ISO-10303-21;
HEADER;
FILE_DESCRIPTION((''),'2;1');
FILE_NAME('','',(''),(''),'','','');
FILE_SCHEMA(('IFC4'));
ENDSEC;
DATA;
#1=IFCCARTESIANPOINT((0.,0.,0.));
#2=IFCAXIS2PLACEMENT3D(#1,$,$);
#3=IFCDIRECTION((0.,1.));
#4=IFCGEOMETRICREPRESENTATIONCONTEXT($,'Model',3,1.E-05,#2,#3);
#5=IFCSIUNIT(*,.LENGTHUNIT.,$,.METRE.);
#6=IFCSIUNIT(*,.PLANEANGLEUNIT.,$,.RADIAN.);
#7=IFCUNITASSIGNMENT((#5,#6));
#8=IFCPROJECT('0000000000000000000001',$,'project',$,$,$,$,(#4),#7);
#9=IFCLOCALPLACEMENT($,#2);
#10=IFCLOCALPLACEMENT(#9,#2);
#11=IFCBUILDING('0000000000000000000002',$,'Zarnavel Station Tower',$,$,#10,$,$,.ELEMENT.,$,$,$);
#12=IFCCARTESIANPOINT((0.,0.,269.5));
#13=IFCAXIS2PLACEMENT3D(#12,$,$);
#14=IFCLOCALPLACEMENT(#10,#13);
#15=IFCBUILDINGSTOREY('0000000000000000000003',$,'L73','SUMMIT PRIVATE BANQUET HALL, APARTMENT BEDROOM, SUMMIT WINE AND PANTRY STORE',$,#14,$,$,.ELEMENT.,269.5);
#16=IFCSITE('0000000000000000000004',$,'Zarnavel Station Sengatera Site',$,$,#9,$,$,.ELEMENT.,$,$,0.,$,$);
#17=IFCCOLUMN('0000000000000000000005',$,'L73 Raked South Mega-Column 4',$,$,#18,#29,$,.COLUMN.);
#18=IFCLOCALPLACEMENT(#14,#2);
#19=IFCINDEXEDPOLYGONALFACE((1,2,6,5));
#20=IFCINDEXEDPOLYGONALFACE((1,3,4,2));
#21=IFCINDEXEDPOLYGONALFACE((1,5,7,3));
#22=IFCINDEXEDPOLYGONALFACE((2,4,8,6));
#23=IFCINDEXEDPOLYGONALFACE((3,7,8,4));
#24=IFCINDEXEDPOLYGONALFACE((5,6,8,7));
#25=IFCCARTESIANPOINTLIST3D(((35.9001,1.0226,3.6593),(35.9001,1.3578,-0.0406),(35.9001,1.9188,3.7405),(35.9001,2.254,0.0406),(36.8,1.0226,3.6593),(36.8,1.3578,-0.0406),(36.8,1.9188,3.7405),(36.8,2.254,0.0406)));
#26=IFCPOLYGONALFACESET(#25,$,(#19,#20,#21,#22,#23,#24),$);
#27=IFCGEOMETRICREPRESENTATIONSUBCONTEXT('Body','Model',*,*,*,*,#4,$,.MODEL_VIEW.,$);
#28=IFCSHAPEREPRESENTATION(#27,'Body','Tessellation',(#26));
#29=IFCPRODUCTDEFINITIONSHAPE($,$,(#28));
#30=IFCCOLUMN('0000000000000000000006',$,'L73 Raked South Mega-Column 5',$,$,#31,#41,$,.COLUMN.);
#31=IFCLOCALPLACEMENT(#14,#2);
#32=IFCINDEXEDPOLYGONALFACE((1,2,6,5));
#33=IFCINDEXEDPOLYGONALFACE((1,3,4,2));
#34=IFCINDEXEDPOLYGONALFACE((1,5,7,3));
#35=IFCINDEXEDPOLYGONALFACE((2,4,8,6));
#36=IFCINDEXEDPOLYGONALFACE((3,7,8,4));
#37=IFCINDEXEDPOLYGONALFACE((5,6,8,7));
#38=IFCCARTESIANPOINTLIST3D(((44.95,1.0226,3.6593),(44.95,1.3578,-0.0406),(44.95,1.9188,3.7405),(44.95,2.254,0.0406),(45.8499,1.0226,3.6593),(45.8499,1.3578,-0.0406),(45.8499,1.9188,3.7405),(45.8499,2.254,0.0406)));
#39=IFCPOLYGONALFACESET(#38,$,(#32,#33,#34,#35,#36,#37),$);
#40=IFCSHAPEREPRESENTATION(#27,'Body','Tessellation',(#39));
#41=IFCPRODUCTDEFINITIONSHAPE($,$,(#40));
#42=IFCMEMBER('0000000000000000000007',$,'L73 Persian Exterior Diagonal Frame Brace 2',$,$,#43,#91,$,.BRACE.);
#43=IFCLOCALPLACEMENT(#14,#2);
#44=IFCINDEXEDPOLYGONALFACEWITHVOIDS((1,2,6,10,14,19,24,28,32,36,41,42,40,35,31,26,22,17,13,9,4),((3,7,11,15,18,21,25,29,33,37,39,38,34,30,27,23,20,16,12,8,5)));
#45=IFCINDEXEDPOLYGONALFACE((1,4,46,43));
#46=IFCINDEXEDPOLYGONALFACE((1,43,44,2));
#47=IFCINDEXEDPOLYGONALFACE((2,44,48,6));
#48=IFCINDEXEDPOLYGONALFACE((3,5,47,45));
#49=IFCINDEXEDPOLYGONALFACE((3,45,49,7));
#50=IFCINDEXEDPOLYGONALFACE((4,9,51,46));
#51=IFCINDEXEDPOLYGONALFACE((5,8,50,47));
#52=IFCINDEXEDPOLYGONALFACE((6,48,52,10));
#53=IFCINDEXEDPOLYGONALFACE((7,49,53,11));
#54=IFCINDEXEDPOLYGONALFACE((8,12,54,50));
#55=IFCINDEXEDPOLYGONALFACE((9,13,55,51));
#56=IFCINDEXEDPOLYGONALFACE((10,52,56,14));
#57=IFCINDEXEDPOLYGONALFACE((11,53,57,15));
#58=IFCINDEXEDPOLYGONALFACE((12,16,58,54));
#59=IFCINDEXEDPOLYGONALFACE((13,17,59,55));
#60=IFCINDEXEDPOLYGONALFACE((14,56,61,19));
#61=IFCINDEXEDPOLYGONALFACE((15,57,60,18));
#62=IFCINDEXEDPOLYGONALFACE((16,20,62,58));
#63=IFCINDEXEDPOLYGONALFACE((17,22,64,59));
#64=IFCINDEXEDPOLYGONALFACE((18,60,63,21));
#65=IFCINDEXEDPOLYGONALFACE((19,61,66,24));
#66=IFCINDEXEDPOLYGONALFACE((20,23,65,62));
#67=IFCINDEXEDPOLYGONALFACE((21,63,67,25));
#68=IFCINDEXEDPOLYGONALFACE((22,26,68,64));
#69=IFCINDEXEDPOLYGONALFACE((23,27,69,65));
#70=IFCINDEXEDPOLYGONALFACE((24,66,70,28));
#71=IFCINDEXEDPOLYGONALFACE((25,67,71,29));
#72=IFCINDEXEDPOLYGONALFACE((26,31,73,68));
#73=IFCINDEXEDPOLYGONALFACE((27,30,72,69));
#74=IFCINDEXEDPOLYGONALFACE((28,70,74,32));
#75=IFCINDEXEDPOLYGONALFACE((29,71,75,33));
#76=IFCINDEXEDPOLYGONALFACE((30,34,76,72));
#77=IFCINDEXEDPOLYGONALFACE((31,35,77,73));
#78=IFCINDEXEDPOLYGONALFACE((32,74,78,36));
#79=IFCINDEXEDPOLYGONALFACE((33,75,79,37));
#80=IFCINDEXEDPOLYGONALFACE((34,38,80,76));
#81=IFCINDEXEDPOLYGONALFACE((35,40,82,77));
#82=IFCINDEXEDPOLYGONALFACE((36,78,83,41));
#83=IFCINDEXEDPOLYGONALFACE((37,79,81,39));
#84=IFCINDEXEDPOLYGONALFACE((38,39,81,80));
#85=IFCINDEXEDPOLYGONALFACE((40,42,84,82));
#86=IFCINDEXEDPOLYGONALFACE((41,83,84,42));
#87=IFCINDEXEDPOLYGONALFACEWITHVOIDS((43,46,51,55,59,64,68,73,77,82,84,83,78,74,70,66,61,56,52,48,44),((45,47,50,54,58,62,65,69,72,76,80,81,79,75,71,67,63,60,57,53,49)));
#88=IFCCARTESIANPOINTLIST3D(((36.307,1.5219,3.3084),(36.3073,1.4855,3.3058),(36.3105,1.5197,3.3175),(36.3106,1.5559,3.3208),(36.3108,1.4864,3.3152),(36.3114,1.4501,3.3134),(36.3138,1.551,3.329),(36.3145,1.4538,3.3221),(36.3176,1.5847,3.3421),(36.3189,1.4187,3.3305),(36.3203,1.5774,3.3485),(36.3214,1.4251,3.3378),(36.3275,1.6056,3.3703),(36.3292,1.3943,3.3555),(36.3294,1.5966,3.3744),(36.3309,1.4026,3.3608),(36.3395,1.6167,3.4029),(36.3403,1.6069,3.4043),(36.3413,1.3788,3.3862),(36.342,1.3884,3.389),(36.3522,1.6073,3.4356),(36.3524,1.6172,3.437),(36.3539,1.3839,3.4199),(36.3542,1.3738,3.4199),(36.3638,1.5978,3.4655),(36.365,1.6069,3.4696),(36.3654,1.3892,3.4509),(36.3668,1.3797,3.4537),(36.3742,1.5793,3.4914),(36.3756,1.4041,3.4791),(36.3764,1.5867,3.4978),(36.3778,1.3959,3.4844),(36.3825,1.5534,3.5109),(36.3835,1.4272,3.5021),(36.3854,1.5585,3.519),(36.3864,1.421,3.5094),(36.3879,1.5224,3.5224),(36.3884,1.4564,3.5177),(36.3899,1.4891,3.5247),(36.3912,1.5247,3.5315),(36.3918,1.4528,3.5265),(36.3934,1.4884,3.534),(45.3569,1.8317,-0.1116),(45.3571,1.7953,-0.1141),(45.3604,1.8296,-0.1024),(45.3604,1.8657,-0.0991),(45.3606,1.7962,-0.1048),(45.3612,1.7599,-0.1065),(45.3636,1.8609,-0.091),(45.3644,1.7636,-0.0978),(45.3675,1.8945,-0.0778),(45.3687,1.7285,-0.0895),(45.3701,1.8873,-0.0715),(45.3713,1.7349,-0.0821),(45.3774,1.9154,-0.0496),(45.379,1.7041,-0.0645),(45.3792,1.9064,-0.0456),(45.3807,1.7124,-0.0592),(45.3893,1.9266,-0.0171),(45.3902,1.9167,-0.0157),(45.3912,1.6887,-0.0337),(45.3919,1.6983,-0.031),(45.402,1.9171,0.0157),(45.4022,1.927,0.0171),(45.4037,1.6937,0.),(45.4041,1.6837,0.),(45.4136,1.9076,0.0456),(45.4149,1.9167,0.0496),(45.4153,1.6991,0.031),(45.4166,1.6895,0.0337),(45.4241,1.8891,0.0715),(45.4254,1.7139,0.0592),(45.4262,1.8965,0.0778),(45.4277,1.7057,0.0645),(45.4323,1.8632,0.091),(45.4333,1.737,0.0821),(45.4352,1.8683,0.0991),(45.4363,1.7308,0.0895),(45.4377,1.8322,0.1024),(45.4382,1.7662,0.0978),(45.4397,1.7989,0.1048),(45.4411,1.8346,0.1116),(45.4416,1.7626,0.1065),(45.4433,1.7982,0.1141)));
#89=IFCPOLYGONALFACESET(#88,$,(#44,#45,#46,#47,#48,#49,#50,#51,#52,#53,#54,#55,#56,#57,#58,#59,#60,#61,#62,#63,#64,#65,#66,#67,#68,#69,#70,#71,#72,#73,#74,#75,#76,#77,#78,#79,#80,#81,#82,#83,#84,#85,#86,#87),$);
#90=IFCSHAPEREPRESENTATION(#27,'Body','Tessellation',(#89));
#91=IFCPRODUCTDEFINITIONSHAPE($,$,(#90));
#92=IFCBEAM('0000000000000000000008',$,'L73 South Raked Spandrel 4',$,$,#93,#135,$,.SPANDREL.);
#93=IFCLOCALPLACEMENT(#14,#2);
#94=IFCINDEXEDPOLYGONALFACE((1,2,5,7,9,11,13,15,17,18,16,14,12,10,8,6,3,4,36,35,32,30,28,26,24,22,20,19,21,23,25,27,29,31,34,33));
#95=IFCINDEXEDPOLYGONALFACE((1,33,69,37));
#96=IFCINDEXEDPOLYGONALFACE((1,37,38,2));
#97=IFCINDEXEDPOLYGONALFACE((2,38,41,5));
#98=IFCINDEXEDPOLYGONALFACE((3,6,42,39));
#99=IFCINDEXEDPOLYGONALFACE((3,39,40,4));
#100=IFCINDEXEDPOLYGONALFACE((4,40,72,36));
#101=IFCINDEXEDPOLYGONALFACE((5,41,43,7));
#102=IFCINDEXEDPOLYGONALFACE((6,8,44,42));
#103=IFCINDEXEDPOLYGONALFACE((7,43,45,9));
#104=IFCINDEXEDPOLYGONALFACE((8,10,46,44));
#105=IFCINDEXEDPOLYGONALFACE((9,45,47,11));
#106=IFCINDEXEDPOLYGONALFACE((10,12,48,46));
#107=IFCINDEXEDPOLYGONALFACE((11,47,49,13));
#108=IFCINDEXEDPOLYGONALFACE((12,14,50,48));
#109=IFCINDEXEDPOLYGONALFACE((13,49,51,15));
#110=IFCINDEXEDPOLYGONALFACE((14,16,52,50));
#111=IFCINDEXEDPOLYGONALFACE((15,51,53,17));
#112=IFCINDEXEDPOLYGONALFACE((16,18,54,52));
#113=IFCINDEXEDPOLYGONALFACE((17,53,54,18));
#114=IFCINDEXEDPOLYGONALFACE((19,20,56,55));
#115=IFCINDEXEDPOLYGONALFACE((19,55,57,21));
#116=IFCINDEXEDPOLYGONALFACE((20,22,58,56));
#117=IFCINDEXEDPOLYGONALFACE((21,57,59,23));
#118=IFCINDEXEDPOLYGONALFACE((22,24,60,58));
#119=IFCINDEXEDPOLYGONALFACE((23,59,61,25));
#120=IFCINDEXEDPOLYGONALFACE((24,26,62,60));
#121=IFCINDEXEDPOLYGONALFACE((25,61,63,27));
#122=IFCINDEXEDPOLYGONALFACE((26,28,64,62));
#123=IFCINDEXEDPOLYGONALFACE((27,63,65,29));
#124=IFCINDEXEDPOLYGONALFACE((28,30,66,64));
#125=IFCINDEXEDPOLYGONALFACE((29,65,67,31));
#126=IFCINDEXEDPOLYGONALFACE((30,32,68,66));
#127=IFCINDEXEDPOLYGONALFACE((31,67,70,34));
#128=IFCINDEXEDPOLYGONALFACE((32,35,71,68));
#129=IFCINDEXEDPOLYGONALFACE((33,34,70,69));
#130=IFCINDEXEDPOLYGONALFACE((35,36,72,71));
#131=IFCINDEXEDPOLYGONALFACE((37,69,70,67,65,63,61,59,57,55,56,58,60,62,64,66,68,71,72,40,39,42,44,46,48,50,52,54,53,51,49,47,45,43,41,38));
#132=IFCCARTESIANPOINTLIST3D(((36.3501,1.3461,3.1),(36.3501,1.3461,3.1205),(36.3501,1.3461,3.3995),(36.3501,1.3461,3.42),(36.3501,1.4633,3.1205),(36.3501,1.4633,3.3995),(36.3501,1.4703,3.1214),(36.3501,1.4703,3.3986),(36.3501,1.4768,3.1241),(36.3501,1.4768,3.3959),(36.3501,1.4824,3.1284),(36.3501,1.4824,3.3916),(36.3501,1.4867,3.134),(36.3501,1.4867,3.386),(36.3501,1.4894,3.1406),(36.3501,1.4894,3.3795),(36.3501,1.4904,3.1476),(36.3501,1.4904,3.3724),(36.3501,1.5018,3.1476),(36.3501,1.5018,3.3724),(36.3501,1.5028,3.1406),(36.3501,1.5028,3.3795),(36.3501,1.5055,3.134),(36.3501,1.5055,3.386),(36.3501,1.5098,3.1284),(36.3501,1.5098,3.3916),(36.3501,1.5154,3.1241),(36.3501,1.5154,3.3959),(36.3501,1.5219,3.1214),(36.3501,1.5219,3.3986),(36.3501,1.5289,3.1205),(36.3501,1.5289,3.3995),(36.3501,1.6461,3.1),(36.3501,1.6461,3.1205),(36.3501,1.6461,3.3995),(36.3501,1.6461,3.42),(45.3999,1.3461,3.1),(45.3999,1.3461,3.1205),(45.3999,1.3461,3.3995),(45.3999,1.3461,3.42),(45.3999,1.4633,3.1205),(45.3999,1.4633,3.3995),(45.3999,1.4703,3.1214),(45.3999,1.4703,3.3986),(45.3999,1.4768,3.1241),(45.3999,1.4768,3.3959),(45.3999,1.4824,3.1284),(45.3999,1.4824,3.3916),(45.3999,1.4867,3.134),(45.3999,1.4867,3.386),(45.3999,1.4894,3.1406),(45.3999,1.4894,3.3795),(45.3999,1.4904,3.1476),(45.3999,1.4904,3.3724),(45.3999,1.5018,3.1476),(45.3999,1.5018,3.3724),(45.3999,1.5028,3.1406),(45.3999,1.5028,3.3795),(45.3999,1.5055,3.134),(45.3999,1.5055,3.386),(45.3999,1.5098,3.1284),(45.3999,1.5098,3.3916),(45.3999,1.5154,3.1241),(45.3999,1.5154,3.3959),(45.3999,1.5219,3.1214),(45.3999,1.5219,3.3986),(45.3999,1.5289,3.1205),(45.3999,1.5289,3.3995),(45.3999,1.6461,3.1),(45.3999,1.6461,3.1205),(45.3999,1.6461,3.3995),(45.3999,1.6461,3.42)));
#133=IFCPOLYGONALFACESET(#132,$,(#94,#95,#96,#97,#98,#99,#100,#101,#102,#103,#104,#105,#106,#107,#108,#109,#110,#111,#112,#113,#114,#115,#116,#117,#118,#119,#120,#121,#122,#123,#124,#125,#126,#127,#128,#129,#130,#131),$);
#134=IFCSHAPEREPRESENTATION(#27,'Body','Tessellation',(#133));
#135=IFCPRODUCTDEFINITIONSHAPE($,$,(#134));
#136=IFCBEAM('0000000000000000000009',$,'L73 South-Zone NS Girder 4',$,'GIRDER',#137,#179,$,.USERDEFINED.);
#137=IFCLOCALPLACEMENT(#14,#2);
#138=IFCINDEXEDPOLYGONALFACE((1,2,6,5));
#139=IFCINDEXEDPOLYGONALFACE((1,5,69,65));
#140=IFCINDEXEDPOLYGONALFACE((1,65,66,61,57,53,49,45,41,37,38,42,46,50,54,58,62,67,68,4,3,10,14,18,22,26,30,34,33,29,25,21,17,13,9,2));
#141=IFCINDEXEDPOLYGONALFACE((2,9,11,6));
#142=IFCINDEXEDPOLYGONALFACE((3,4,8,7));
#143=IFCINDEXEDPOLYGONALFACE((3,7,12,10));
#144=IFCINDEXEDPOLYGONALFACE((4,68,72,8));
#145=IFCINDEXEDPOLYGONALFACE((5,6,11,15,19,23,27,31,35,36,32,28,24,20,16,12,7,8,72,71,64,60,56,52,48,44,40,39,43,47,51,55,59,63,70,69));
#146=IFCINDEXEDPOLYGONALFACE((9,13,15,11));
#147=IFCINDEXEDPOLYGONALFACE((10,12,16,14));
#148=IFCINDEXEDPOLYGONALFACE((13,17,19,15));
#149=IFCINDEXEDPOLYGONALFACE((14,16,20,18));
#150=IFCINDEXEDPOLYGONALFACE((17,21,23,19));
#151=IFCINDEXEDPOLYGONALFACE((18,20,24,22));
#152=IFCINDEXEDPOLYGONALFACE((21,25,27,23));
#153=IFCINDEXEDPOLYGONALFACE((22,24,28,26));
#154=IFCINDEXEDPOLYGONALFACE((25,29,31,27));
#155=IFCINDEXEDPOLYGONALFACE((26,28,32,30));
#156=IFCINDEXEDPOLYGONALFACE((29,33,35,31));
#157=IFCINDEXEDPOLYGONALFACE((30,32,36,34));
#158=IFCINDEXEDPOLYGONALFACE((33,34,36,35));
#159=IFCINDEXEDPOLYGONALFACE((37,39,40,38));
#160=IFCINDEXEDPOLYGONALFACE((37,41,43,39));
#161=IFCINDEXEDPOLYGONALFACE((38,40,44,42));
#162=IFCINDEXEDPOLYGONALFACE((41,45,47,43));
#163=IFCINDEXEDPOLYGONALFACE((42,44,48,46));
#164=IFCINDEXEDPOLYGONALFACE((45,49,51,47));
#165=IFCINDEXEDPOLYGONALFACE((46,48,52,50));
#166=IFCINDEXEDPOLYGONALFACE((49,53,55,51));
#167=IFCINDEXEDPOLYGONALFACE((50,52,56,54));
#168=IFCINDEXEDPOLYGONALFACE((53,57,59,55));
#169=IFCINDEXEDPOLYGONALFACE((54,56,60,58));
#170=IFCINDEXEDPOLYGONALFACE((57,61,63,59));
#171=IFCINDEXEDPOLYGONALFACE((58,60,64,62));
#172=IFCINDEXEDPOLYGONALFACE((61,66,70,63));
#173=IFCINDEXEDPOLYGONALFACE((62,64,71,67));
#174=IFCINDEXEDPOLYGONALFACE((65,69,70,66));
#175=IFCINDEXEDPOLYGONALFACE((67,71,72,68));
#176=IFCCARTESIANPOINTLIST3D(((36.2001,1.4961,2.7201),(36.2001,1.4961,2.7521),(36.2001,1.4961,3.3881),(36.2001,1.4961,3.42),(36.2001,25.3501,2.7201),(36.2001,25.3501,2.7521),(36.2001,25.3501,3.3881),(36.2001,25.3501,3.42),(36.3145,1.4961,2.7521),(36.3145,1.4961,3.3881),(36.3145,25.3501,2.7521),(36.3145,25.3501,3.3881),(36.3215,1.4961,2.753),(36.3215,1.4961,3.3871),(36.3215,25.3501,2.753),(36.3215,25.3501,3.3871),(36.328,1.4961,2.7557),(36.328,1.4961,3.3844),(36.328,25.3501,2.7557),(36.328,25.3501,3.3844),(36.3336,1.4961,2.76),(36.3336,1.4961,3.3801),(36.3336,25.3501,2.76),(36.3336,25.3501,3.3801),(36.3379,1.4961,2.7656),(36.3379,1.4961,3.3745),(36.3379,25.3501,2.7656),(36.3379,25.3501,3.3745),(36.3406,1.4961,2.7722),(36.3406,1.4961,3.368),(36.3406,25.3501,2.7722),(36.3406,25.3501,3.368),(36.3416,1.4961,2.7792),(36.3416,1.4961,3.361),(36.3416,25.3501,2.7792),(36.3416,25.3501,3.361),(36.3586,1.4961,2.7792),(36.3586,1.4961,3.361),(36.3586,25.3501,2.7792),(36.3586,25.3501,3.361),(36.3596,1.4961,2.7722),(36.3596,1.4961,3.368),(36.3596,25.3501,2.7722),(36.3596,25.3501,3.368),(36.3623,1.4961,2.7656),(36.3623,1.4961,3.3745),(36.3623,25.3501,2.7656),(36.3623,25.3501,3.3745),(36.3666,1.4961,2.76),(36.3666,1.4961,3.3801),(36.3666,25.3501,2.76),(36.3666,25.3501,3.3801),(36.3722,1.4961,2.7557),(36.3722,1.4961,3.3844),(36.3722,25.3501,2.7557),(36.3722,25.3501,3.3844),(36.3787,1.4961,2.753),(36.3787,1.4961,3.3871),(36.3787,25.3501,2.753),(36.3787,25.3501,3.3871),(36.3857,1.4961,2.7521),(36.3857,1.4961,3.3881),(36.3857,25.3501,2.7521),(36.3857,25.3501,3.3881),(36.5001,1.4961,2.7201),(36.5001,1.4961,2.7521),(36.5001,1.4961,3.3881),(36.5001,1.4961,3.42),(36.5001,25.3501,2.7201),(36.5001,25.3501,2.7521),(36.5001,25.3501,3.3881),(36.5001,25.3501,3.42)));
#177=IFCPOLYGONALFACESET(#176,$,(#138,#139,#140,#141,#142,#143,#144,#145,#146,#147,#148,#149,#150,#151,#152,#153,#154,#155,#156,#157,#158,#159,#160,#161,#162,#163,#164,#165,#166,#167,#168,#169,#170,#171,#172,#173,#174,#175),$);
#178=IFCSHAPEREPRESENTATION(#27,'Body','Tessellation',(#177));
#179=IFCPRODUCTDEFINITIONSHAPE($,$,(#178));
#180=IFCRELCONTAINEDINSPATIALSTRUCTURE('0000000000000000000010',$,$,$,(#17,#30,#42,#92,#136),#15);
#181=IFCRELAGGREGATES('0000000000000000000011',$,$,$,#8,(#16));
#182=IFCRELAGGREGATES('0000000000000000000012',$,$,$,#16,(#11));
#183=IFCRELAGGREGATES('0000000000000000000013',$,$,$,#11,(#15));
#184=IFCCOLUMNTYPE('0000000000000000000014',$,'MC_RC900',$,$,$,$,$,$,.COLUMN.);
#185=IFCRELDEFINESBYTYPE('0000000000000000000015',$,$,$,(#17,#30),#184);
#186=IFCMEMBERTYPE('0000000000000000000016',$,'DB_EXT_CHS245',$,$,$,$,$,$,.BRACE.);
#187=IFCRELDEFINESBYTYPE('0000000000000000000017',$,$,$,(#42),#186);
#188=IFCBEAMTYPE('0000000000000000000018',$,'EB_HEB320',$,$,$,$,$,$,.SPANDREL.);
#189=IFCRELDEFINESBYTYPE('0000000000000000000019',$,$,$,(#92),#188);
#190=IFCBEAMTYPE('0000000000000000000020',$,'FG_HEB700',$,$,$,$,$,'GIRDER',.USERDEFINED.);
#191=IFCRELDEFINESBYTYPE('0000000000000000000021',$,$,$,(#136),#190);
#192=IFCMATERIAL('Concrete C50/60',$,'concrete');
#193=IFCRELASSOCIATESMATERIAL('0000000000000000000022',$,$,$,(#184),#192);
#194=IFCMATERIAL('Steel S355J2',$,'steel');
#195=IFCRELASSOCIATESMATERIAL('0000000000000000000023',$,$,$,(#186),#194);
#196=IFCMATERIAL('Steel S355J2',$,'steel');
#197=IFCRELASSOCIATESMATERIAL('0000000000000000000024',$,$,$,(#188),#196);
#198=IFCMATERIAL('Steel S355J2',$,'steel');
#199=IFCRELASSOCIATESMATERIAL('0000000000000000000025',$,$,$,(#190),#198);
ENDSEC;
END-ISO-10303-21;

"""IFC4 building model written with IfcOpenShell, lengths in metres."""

from ifc_helpers import new_model, si_unit, direction, frame, origin, origin_2d, place, context, subcontext, project, spatial, rectangle, hollow_circle, i_section, extrude, material, material_profile, profile_set, type_object, element, save


model = new_model("IFC4")

# Units and contexts
model_context = context("Model", 3, precision=1e-05, world=origin(), true_north=direction((0.0, 1.0)))
body_context = subcontext(model_context, "Body", "Model", "MODEL_VIEW")
ifc_project = project(units=[si_unit("LENGTHUNIT", "METRE"), si_unit("PLANEANGLEUNIT", "RADIAN")], contexts=[model_context])

# Site, building, storey
site_placement = place(None, origin())
site = spatial("IfcSite", under=ifc_project, at=site_placement, Name="Zarnavel Station Sengatera Site", CompositionType="ELEMENT", RefElevation=0.0)
building_placement = place(site_placement, origin())
building = spatial("IfcBuilding", under=site, at=building_placement, Name="Zarnavel Station Tower", CompositionType="ELEMENT")
storey_placement = place(building_placement, frame((0.0, 0.0, 269.5)))
storey = spatial("IfcBuildingStorey", under=building, at=storey_placement, Name="L73", Description="SUMMIT PRIVATE BANQUET HALL, APARTMENT BEDROOM, SUMMIT WINE AND PANTRY STORE", CompositionType="ELEMENT", Elevation=269.5)

# Columns
ifc_material_1 = material(Name="Concrete C50/60", Category="concrete")
ifc_material_profile_1 = material_profile(ifc_material_1, rectangle(XDim=0.8999, YDim=0.8999, at=origin_2d()), Name="RC900x900")
ifc_profile_set_1 = profile_set([ifc_material_profile_1], Name="Concrete C50/60")
column_type = type_object("IfcColumnType", Name="MC_RC900", PredefinedType="COLUMN", material=ifc_profile_set_1)
for number, where, z_axis, x_axis, name in (
    (1, (36.3501, 1.8059, 0.0), (0.0, -0.090228, 0.995921), (1.0, 0.0, 0.0), "L73 Raked South Mega-Column 4"),
    (2, (45.3999, 1.8059, 0.0), (0.0, -0.090228, 0.995921), (1.0, 0.0, 0.0), "L73 Raked South Mega-Column 5"),
):
    element("IfcColumn", number, at=place(storey_placement, frame(where, z_axis=z_axis, x_axis=x_axis)), inside=storey, type_object=column_type, Name=name, PredefinedType="COLUMN", context=body_context, shape_type="SweptSolid", body=[
        extrude(rectangle(XDim=0.8999, YDim=0.8999, at=origin_2d()), origin(), (0.0, 0.0, 1.0), 3.7151),
    ])

# Member
ifc_material_2 = material(Name="Steel S355J2", Category="steel")
ifc_material_profile_2 = material_profile(ifc_material_2, hollow_circle(Radius=0.1223, WallThickness=0.01, at=origin_2d()), Name="CHS244.5x10")
ifc_profile_set_2 = profile_set([ifc_material_profile_2], Name="Steel S355J2")
member_type = type_object("IfcMemberType", Name="DB_EXT_CHS245", PredefinedType="BRACE", material=ifc_profile_set_2)
member_placement = place(storey_placement, frame((45.3999, 1.8059, 0.0), z_axis=(-0.934955, -0.032008, 0.35332), x_axis=(0.034214, -0.999415, 0.0)))
element("IfcMember", 3, at=member_placement, inside=storey, type_object=member_type, Name="L73 Persian Exterior Diagonal Frame Brace 2", PredefinedType="BRACE", context=body_context, shape_type="SweptSolid", body=[
    extrude(hollow_circle(Radius=0.1223, WallThickness=0.01, at=origin_2d()), origin(), (0.0, 0.0, 1.0), 9.6794),
])

# Beams
ifc_material_3 = material(Name="Steel S355J2", Category="steel")
ifc_material_profile_3 = material_profile(ifc_material_3, i_section(OverallWidth=0.3, OverallDepth=0.3201, WebThickness=0.0115, FlangeThickness=0.0205, FilletRadius=0.0271, at=origin_2d()), Name="HEB320")
ifc_profile_set_3 = profile_set([ifc_material_profile_3], Name="Steel S355J2")
beam_type_1 = type_object("IfcBeamType", Name="EB_HEB320", PredefinedType="SPANDREL", material=ifc_profile_set_3)
beam_placement = place(storey_placement, frame((36.3501, 1.4961, 3.26), z_axis=(1.0, 0.0, 0.0), x_axis=(0.0, 1.0, 0.0)))
element("IfcBeam", 4, at=beam_placement, inside=storey, type_object=beam_type_1, Name="L73 South Raked Spandrel 4", PredefinedType="SPANDREL", context=body_context, shape_type="SweptSolid", body=[
    extrude(i_section(OverallWidth=0.3, OverallDepth=0.3201, WebThickness=0.0115, FlangeThickness=0.0205, FilletRadius=0.0271, at=origin_2d()), origin(), (0.0, 0.0, 1.0), 9.0498),
])
ifc_material_4 = material(Name="Steel S355J2", Category="steel")
ifc_material_profile_4 = material_profile(ifc_material_4, i_section(OverallWidth=0.3, OverallDepth=0.7, WebThickness=0.0171, FlangeThickness=0.032, FilletRadius=0.0271, at=origin_2d()), Name="HEB700")
ifc_profile_set_4 = profile_set([ifc_material_profile_4], Name="Steel S355J2")
beam_type_2 = type_object("IfcBeamType", Name="FG_HEB700", ElementType="GIRDER", PredefinedType="USERDEFINED", material=ifc_profile_set_4)
for number, where, z_axis, x_axis, name in (
    (5, (36.3501, 1.4961, 3.0701), (0.0, 1.0, 0.0), (-1.0, 0.0, 0.0), "L73 South-Zone NS Girder 4"),
):
    element("IfcBeam", number, at=place(storey_placement, frame(where, z_axis=z_axis, x_axis=x_axis)), inside=storey, type_object=beam_type_2, Name=name, ObjectType="GIRDER", PredefinedType="USERDEFINED", context=body_context, shape_type="SweptSolid", body=[
        extrude(i_section(OverallWidth=0.3, OverallDepth=0.7, WebThickness=0.0171, FlangeThickness=0.032, FilletRadius=0.0271, at=origin_2d()), origin(), (0.0, 0.0, 1.0), 23.854),
    ])

save(model, "model.ifc")
